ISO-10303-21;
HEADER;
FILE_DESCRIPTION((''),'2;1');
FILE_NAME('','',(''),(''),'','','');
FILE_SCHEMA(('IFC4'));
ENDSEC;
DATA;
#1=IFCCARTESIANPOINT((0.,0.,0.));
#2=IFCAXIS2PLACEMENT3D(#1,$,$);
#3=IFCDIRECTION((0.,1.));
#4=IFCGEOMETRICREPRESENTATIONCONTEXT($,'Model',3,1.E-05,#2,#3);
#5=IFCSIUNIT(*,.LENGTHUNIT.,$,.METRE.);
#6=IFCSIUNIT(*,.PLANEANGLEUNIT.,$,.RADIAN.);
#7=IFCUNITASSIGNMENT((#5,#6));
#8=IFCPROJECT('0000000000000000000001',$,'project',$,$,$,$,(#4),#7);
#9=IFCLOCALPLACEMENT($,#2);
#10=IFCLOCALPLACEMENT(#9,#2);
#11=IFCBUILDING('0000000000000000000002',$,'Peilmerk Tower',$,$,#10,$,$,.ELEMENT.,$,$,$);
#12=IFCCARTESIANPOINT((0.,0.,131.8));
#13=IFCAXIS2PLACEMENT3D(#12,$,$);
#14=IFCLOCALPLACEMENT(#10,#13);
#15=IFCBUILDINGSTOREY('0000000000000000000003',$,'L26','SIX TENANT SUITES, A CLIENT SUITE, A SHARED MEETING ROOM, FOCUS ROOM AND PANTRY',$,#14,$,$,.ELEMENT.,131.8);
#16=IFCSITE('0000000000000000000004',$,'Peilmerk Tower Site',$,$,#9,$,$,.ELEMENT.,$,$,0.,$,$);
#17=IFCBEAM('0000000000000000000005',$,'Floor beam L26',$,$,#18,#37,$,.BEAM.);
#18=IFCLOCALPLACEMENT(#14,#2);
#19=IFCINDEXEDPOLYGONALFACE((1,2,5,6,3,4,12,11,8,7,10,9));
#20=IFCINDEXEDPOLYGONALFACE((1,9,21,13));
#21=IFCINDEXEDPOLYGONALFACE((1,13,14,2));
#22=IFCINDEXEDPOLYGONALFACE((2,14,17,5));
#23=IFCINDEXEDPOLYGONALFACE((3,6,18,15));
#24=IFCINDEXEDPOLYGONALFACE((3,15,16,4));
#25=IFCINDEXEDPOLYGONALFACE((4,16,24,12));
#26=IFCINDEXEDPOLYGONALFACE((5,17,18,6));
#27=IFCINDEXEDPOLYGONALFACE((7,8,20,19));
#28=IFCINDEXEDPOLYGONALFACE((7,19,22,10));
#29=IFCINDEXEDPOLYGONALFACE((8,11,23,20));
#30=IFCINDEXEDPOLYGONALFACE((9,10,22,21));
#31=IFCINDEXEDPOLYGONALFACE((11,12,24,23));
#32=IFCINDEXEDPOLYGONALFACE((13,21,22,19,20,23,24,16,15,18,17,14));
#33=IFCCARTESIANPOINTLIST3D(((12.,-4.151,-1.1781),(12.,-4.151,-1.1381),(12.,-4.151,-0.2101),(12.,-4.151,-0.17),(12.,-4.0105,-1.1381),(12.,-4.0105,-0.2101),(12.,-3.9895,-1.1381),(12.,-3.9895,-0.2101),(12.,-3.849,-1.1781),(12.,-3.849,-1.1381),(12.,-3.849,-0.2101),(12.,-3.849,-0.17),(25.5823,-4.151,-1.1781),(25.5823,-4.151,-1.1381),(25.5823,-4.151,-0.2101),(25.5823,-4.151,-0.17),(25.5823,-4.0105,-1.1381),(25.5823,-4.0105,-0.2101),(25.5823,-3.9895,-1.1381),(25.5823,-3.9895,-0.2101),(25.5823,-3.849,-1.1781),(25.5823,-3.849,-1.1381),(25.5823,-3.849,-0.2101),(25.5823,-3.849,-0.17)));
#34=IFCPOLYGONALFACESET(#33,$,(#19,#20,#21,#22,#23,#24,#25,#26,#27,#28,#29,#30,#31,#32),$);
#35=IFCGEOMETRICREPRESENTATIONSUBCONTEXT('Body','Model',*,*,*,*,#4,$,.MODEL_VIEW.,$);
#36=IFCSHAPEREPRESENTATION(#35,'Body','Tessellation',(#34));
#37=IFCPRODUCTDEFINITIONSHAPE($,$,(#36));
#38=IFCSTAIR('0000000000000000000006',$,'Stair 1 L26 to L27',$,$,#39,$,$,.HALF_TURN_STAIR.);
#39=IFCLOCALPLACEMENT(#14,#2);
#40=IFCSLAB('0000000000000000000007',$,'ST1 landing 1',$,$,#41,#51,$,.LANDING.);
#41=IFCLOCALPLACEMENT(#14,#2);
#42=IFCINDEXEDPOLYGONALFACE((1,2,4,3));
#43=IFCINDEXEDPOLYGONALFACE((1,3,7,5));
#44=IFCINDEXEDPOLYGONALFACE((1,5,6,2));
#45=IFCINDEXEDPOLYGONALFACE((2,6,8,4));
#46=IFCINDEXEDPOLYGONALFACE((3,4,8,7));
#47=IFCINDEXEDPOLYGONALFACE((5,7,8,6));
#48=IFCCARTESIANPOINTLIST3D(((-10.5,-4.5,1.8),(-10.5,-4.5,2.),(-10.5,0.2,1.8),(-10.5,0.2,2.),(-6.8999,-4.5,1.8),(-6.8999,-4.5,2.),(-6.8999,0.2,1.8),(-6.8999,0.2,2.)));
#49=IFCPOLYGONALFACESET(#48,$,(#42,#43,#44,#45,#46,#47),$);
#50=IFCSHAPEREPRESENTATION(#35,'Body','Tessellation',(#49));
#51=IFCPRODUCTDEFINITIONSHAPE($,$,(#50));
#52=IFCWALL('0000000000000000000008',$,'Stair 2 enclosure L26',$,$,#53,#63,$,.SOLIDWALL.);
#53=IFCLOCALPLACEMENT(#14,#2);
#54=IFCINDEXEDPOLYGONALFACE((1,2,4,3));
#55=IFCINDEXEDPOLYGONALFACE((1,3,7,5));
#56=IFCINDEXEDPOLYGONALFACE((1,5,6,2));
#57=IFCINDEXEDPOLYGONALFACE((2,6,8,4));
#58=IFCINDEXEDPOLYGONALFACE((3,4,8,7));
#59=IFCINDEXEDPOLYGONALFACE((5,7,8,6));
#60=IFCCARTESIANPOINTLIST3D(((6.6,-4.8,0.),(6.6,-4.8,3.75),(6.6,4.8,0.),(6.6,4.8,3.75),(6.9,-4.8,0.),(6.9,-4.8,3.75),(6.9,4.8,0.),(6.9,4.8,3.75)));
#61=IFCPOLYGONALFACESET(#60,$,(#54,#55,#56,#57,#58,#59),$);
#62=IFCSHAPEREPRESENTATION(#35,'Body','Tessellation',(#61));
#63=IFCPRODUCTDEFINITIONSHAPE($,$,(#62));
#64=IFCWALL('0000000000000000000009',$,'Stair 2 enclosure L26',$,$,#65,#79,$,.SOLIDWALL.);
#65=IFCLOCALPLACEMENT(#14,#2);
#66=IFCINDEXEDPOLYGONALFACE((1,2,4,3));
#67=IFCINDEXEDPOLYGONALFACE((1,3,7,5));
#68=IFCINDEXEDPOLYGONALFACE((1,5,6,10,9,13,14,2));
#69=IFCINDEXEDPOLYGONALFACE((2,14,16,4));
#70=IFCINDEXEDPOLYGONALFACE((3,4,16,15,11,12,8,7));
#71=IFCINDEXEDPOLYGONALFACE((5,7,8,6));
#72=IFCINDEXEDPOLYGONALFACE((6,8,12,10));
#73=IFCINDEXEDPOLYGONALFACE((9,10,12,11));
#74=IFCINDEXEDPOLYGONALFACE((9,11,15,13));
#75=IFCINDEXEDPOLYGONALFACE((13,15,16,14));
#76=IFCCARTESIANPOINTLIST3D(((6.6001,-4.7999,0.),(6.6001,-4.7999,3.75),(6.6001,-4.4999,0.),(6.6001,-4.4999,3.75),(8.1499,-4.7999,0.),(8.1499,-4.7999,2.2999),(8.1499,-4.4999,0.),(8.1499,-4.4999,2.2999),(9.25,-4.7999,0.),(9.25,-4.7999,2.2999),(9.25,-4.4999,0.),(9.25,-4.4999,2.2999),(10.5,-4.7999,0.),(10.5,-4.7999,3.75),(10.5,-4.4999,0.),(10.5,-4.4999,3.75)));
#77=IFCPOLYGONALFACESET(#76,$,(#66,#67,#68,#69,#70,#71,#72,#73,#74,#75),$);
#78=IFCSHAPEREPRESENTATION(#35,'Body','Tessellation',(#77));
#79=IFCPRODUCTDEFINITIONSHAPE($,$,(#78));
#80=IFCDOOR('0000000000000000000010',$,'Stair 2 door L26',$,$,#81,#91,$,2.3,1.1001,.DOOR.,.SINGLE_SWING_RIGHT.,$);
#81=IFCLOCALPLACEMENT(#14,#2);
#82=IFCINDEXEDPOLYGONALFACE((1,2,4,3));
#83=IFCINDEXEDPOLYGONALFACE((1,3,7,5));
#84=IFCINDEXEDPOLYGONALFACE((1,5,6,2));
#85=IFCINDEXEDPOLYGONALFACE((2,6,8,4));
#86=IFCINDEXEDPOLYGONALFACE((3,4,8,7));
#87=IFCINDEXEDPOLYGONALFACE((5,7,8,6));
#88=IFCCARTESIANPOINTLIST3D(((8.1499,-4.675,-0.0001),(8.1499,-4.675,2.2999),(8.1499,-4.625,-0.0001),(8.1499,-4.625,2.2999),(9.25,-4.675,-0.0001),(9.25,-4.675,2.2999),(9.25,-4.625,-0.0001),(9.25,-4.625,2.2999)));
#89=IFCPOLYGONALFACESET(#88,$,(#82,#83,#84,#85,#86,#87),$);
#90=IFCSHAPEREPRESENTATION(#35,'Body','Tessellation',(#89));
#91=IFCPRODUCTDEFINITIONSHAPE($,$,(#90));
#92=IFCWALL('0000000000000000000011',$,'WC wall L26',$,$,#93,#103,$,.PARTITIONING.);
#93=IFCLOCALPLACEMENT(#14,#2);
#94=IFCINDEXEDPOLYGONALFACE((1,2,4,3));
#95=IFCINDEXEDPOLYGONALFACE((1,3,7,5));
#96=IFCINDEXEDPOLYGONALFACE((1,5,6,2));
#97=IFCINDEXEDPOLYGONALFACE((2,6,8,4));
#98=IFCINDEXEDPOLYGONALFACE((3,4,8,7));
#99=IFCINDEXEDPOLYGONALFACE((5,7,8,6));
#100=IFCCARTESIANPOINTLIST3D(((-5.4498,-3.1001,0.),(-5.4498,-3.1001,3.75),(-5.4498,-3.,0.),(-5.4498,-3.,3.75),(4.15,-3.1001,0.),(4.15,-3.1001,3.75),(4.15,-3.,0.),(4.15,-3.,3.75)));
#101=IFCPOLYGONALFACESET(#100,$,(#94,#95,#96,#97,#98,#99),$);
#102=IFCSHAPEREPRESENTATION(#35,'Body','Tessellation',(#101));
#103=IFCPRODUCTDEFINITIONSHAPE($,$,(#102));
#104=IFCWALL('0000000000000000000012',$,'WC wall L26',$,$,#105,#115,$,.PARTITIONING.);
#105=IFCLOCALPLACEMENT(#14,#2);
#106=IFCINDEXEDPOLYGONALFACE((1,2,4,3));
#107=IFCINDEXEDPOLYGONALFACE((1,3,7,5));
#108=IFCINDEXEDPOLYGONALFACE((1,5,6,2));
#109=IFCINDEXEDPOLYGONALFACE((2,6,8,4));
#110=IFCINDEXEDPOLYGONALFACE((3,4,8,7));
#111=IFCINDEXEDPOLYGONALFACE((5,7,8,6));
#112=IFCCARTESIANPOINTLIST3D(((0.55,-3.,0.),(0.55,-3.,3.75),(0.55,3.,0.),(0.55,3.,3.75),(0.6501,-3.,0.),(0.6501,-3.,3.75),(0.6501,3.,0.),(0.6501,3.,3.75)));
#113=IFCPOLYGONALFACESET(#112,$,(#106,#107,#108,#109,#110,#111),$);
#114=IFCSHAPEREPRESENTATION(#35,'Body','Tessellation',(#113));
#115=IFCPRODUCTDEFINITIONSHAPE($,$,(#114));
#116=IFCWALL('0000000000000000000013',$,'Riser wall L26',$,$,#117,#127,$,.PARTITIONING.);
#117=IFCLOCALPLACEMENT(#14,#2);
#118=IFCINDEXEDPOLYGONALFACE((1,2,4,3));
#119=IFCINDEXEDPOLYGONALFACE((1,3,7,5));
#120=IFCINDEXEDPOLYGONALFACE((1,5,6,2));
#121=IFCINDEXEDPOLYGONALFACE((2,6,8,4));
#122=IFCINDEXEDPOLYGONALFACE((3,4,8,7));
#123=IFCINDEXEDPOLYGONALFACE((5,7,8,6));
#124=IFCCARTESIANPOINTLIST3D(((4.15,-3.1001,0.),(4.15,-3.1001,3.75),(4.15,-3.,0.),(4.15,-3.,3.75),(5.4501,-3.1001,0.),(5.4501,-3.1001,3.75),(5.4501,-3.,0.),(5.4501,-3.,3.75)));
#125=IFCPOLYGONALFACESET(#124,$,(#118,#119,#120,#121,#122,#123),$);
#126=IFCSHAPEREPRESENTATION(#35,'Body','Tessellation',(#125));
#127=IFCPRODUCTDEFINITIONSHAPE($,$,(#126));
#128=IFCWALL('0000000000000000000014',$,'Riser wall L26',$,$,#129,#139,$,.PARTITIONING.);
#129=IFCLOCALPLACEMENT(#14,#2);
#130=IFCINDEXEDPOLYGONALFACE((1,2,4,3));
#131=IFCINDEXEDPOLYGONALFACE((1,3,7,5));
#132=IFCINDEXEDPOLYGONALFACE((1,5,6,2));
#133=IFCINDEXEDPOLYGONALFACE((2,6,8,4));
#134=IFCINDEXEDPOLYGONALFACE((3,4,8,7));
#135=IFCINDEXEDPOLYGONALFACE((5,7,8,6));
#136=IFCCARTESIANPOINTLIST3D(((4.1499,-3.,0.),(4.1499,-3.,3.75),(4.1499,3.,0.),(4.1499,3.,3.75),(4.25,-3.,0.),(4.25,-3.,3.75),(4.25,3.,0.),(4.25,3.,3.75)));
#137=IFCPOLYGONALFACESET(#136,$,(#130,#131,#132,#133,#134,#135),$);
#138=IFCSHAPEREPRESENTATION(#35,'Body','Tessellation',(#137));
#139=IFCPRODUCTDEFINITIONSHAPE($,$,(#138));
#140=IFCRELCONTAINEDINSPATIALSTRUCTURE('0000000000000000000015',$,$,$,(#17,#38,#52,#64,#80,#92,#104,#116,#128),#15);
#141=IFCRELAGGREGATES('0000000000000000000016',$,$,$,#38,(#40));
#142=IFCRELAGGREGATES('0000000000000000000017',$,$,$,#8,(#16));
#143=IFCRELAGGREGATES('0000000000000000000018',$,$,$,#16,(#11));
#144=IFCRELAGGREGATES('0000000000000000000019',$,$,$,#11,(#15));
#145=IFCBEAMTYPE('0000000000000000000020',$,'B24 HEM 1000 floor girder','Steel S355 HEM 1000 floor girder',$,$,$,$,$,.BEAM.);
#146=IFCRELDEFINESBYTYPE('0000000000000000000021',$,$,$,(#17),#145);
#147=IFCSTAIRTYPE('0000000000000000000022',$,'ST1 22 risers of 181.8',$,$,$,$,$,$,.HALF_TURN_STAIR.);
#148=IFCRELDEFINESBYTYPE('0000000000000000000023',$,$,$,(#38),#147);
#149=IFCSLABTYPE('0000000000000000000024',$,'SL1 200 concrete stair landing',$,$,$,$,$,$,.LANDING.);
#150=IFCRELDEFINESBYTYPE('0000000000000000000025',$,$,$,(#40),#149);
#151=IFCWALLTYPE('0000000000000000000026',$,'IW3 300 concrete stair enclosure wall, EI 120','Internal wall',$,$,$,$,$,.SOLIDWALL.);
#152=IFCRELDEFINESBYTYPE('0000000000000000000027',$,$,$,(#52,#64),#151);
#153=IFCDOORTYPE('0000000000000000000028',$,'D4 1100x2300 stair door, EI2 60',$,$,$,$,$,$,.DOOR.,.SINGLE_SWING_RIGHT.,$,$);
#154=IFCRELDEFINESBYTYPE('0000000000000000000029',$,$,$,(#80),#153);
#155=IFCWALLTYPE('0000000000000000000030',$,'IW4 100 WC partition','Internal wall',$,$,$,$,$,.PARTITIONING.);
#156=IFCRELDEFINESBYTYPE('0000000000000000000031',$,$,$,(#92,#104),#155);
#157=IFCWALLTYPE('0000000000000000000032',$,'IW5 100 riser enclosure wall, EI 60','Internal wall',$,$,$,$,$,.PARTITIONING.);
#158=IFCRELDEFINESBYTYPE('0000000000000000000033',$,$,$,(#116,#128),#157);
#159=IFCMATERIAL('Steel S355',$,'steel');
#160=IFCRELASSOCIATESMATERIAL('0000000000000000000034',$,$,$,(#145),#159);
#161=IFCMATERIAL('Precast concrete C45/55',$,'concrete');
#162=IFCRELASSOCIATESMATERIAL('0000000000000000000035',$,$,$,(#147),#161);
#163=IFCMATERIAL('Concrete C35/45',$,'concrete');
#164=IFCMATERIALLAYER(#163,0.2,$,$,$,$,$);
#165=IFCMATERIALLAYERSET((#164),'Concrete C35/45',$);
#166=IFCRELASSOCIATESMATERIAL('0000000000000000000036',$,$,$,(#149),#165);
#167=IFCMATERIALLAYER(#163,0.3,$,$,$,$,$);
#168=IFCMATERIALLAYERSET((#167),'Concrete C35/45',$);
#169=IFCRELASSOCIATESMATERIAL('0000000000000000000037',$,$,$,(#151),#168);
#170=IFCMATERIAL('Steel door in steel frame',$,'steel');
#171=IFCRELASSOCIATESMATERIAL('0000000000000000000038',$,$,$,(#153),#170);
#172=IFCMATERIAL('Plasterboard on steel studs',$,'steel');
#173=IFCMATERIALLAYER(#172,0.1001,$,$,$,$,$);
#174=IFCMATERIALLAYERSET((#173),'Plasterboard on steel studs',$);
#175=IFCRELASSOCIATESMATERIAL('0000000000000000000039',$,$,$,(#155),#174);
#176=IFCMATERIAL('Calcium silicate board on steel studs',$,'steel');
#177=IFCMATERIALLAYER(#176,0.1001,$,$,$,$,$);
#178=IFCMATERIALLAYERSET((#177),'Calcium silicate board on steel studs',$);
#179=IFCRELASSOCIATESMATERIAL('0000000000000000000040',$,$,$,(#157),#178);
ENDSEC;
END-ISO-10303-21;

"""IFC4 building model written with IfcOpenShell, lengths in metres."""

from ifc_helpers import new_model, si_unit, direction, frame, frame_2d, origin, origin_2d, place, context, subcontext, project, spatial, polyline, rectangle, i_section, outline, extrude, material, layer, layer_set, material_profile, profile_set, type_object, element, fill, aggregate, save


model = new_model("IFC4")

# Units and contexts
model_context = context("Model", 3, precision=1e-05, world=origin(), true_north=direction((0.0, 1.0)))
body_context = subcontext(model_context, "Body", "Model", "MODEL_VIEW")
ifc_project = project(units=[si_unit("LENGTHUNIT", "METRE"), si_unit("PLANEANGLEUNIT", "RADIAN")], contexts=[model_context])

# Site, building, storey
site_placement = place(None, origin())
site = spatial("IfcSite", under=ifc_project, at=site_placement, Name="Peilmerk Tower Site", CompositionType="ELEMENT", RefElevation=0.0)
building_placement = place(site_placement, origin())
building = spatial("IfcBuilding", under=site, at=building_placement, Name="Peilmerk Tower", CompositionType="ELEMENT")
storey_placement = place(building_placement, frame((0.0, 0.0, 131.8)))
storey = spatial("IfcBuildingStorey", under=building, at=storey_placement, Name="L26", Description="SIX TENANT SUITES, A CLIENT SUITE, A SHARED MEETING ROOM, FOCUS ROOM AND PANTRY", CompositionType="ELEMENT", Elevation=131.8)

# Beam
ifc_material_1 = material(Name="Steel S355", Category="steel")
ifc_material_profile = material_profile(ifc_material_1, i_section(OverallWidth=0.302, OverallDepth=1.0081, WebThickness=0.021, FlangeThickness=0.04, at=origin_2d()), Name="HEM 1000")
ifc_profile_set = profile_set([ifc_material_profile], Name="Steel S355")
beam_type = type_object("IfcBeamType", Name="B24 HEM 1000 floor girder", Description="Steel S355 HEM 1000 floor girder", PredefinedType="BEAM", material=ifc_profile_set)
beam_placement = place(storey_placement, frame((12.0, -4.0, -0.6741), z_axis=(1.0, 0.0, 0.0), x_axis=(0.0, 1.0, 0.0)))
element("IfcBeam", 1, at=beam_placement, inside=storey, type_object=beam_type, Name="Floor beam L26", PredefinedType="BEAM", context=body_context, shape_type="SweptSolid", body=[
    extrude(i_section(OverallWidth=0.302, OverallDepth=1.0081, WebThickness=0.021, FlangeThickness=0.04, at=origin_2d()), origin(), (0.0, 0.0, 1.0), 13.5823),
])

# Stair, slab
ifc_material_2 = material(Name="Precast concrete C45/55", Category="concrete")
stair_type_1 = type_object("IfcStairType", Name="ST1 22 risers of 181.8", PredefinedType="HALF_TURN_STAIR", material=ifc_material_2)
stair_1_placement = place(storey_placement, origin())
stair_1 = element("IfcStair", 2, at=stair_1_placement, inside=storey, type_object=stair_type_1, Name="Stair 1 L26 to L27", PredefinedType="HALF_TURN_STAIR")
ifc_material_3 = material(Name="Concrete C35/45", Category="concrete")
ifc_layer_1 = layer(ifc_material_3, 0.2)
ifc_layer_set_1 = layer_set([ifc_layer_1], Name="Concrete C35/45")
slab_type = type_object("IfcSlabType", Name="SL1 200 concrete stair landing", PredefinedType="LANDING", material=ifc_layer_set_1)
slab_placement = place(storey_placement, frame((0.0, 0.0, 1.8)))
slab = element("IfcSlab", 3, at=slab_placement, type_object=slab_type, Name="ST1 landing 1", PredefinedType="LANDING", context=body_context, shape_type="SweptSolid", body=[
    extrude(outline(polyline([(-10.5, -4.5), (-6.8999, -4.5), (-6.8999, 0.2), (-10.5, 0.2), (-10.5, -4.5)])), origin(), (0.0, 0.0, 1.0), 0.2),
])
aggregate(stair_1, [slab])

# Wall
ifc_layer_2 = layer(ifc_material_3, 0.3)
ifc_layer_set_2 = layer_set([ifc_layer_2], Name="Concrete C35/45")
wall_type_1 = type_object("IfcWallType", Name="IW3 300 concrete stair enclosure wall, EI 120", Description="Internal wall", PredefinedType="SOLIDWALL", material=ifc_layer_set_2)
wall_1_placement = place(storey_placement, frame((6.75, -4.8, 0.0), z_axis=(0.0, 0.0, 1.0), x_axis=(0.0, 1.0, 0.0)))
element("IfcWall", 4, at=wall_1_placement, inside=storey, type_object=wall_type_1, Name="Stair 2 enclosure L26", PredefinedType="SOLIDWALL", context=body_context, shape_type="SweptSolid", body=[
    extrude(rectangle(XDim=9.6001, YDim=0.3, at=frame_2d((4.8, 0.0))), origin(), (0.0, 0.0, 1.0), 3.75),
])

# Wall, opening, door
wall_2_placement = place(storey_placement, frame((10.5, -4.6499, 0.0), z_axis=(0.0, 0.0, 1.0), x_axis=(-1.0, 0.0, 0.0)))
wall_2 = element("IfcWall", 5, at=wall_2_placement, inside=storey, type_object=wall_type_1, Name="Stair 2 enclosure L26", PredefinedType="SOLIDWALL", context=body_context, shape_type="SweptSolid", body=[
    extrude(rectangle(XDim=3.8999, YDim=0.3, at=frame_2d((1.95, 0.0))), origin(), (0.0, 0.0, 1.0), 3.75),
])
opening_1_placement = place(wall_2_placement, frame((1.25, 0.0, 0.0)))
opening_1 = element("IfcOpeningElement", 6, at=opening_1_placement, cuts=wall_2, PredefinedType="OPENING", context=body_context, shape_type="SweptSolid", body=[
    extrude(rectangle(XDim=1.1001, YDim=2.3, at=frame_2d((0.55, 1.1499))), frame((0.0, 0.1599, 0.0), z_axis=(0.0, -1.0, 0.0), x_axis=(1.0, 0.0, 0.0)), (0.0, 0.0, 1.0), 0.3201),
])
ifc_material_4 = material(Name="Steel door in steel frame", Category="steel")
door_type_1 = type_object("IfcDoorType", Name="D4 1100x2300 stair door, EI2 60", OperationType="SINGLE_SWING_RIGHT", PredefinedType="DOOR", material=ifc_material_4)
door_1_placement = place(opening_1_placement, frame((1.1001, 0.0, 0.0), z_axis=(0.0, 0.0, 1.0), x_axis=(-1.0, 0.0, 0.0)))
door_1 = element("IfcDoor", 7, at=door_1_placement, inside=storey, type_object=door_type_1, Name="Stair 2 door L26", OperationType="SINGLE_SWING_RIGHT", OverallHeight=2.3, OverallWidth=1.1001, PredefinedType="DOOR", context=body_context, shape_type="SweptSolid", body=[
    extrude(rectangle(XDim=1.1001, YDim=2.3, at=frame_2d((0.55, 1.1499))), frame((0.0, 0.0249, 0.0), z_axis=(0.0, -1.0, 0.0), x_axis=(1.0, 0.0, 0.0)), (0.0, 0.0, 1.0), 0.05),
])
fill(opening_1, door_1)

# Walls
ifc_material_5 = material(Name="Plasterboard on steel studs", Category="steel")
ifc_layer_3 = layer(ifc_material_5, 0.1001)
ifc_layer_set_3 = layer_set([ifc_layer_3], Name="Plasterboard on steel studs")
wall_type_2 = type_object("IfcWallType", Name="IW4 100 WC partition", Description="Internal wall", PredefinedType="PARTITIONING", material=ifc_layer_set_3)
wall_3_placement = place(storey_placement, frame((4.1499, -3.05, 0.0), z_axis=(0.0, 0.0, 1.0), x_axis=(-1.0, 0.0, 0.0)))
element("IfcWall", 8, at=wall_3_placement, inside=storey, type_object=wall_type_2, Name="WC wall L26", PredefinedType="PARTITIONING", context=body_context, shape_type="SweptSolid", body=[
    extrude(rectangle(XDim=9.5999, YDim=0.1001, at=frame_2d((4.7998, 0.0))), origin(), (0.0, 0.0, 1.0), 3.75),
])
wall_4_placement = place(storey_placement, frame((0.6001, -3.0, 0.0), z_axis=(0.0, 0.0, 1.0), x_axis=(0.0, 1.0, 0.0)))
element("IfcWall", 9, at=wall_4_placement, inside=storey, type_object=wall_type_2, Name="WC wall L26", PredefinedType="PARTITIONING", context=body_context, shape_type="SweptSolid", body=[
    extrude(rectangle(XDim=6.0, YDim=0.1001, at=frame_2d((3.0, 0.0))), origin(), (0.0, 0.0, 1.0), 3.75),
])
ifc_material_6 = material(Name="Calcium silicate board on steel studs", Category="steel")
ifc_layer_4 = layer(ifc_material_6, 0.1001)
ifc_layer_set_4 = layer_set([ifc_layer_4], Name="Calcium silicate board on steel studs")
wall_type_3 = type_object("IfcWallType", Name="IW5 100 riser enclosure wall, EI 60", Description="Internal wall", PredefinedType="PARTITIONING", material=ifc_layer_set_4)
wall_5_placement = place(storey_placement, frame((5.45, -3.05, 0.0), z_axis=(0.0, 0.0, 1.0), x_axis=(-1.0, 0.0, 0.0)))
element("IfcWall", 10, at=wall_5_placement, inside=storey, type_object=wall_type_3, Name="Riser wall L26", PredefinedType="PARTITIONING", context=body_context, shape_type="SweptSolid", body=[
    extrude(rectangle(XDim=1.3, YDim=0.1001, at=frame_2d((0.6499, 0.0))), origin(), (0.0, 0.0, 1.0), 3.75),
])
wall_6_placement = place(storey_placement, frame((4.2, -3.0, 0.0), z_axis=(0.0, 0.0, 1.0), x_axis=(0.0, 1.0, 0.0)))
element("IfcWall", 11, at=wall_6_placement, inside=storey, type_object=wall_type_3, Name="Riser wall L26", PredefinedType="PARTITIONING", context=body_context, shape_type="SweptSolid", body=[
    extrude(rectangle(XDim=6.0, YDim=0.1001, at=frame_2d((3.0, 0.0))), origin(), (0.0, 0.0, 1.0), 3.75),
])

save(model, "model.ifc")
